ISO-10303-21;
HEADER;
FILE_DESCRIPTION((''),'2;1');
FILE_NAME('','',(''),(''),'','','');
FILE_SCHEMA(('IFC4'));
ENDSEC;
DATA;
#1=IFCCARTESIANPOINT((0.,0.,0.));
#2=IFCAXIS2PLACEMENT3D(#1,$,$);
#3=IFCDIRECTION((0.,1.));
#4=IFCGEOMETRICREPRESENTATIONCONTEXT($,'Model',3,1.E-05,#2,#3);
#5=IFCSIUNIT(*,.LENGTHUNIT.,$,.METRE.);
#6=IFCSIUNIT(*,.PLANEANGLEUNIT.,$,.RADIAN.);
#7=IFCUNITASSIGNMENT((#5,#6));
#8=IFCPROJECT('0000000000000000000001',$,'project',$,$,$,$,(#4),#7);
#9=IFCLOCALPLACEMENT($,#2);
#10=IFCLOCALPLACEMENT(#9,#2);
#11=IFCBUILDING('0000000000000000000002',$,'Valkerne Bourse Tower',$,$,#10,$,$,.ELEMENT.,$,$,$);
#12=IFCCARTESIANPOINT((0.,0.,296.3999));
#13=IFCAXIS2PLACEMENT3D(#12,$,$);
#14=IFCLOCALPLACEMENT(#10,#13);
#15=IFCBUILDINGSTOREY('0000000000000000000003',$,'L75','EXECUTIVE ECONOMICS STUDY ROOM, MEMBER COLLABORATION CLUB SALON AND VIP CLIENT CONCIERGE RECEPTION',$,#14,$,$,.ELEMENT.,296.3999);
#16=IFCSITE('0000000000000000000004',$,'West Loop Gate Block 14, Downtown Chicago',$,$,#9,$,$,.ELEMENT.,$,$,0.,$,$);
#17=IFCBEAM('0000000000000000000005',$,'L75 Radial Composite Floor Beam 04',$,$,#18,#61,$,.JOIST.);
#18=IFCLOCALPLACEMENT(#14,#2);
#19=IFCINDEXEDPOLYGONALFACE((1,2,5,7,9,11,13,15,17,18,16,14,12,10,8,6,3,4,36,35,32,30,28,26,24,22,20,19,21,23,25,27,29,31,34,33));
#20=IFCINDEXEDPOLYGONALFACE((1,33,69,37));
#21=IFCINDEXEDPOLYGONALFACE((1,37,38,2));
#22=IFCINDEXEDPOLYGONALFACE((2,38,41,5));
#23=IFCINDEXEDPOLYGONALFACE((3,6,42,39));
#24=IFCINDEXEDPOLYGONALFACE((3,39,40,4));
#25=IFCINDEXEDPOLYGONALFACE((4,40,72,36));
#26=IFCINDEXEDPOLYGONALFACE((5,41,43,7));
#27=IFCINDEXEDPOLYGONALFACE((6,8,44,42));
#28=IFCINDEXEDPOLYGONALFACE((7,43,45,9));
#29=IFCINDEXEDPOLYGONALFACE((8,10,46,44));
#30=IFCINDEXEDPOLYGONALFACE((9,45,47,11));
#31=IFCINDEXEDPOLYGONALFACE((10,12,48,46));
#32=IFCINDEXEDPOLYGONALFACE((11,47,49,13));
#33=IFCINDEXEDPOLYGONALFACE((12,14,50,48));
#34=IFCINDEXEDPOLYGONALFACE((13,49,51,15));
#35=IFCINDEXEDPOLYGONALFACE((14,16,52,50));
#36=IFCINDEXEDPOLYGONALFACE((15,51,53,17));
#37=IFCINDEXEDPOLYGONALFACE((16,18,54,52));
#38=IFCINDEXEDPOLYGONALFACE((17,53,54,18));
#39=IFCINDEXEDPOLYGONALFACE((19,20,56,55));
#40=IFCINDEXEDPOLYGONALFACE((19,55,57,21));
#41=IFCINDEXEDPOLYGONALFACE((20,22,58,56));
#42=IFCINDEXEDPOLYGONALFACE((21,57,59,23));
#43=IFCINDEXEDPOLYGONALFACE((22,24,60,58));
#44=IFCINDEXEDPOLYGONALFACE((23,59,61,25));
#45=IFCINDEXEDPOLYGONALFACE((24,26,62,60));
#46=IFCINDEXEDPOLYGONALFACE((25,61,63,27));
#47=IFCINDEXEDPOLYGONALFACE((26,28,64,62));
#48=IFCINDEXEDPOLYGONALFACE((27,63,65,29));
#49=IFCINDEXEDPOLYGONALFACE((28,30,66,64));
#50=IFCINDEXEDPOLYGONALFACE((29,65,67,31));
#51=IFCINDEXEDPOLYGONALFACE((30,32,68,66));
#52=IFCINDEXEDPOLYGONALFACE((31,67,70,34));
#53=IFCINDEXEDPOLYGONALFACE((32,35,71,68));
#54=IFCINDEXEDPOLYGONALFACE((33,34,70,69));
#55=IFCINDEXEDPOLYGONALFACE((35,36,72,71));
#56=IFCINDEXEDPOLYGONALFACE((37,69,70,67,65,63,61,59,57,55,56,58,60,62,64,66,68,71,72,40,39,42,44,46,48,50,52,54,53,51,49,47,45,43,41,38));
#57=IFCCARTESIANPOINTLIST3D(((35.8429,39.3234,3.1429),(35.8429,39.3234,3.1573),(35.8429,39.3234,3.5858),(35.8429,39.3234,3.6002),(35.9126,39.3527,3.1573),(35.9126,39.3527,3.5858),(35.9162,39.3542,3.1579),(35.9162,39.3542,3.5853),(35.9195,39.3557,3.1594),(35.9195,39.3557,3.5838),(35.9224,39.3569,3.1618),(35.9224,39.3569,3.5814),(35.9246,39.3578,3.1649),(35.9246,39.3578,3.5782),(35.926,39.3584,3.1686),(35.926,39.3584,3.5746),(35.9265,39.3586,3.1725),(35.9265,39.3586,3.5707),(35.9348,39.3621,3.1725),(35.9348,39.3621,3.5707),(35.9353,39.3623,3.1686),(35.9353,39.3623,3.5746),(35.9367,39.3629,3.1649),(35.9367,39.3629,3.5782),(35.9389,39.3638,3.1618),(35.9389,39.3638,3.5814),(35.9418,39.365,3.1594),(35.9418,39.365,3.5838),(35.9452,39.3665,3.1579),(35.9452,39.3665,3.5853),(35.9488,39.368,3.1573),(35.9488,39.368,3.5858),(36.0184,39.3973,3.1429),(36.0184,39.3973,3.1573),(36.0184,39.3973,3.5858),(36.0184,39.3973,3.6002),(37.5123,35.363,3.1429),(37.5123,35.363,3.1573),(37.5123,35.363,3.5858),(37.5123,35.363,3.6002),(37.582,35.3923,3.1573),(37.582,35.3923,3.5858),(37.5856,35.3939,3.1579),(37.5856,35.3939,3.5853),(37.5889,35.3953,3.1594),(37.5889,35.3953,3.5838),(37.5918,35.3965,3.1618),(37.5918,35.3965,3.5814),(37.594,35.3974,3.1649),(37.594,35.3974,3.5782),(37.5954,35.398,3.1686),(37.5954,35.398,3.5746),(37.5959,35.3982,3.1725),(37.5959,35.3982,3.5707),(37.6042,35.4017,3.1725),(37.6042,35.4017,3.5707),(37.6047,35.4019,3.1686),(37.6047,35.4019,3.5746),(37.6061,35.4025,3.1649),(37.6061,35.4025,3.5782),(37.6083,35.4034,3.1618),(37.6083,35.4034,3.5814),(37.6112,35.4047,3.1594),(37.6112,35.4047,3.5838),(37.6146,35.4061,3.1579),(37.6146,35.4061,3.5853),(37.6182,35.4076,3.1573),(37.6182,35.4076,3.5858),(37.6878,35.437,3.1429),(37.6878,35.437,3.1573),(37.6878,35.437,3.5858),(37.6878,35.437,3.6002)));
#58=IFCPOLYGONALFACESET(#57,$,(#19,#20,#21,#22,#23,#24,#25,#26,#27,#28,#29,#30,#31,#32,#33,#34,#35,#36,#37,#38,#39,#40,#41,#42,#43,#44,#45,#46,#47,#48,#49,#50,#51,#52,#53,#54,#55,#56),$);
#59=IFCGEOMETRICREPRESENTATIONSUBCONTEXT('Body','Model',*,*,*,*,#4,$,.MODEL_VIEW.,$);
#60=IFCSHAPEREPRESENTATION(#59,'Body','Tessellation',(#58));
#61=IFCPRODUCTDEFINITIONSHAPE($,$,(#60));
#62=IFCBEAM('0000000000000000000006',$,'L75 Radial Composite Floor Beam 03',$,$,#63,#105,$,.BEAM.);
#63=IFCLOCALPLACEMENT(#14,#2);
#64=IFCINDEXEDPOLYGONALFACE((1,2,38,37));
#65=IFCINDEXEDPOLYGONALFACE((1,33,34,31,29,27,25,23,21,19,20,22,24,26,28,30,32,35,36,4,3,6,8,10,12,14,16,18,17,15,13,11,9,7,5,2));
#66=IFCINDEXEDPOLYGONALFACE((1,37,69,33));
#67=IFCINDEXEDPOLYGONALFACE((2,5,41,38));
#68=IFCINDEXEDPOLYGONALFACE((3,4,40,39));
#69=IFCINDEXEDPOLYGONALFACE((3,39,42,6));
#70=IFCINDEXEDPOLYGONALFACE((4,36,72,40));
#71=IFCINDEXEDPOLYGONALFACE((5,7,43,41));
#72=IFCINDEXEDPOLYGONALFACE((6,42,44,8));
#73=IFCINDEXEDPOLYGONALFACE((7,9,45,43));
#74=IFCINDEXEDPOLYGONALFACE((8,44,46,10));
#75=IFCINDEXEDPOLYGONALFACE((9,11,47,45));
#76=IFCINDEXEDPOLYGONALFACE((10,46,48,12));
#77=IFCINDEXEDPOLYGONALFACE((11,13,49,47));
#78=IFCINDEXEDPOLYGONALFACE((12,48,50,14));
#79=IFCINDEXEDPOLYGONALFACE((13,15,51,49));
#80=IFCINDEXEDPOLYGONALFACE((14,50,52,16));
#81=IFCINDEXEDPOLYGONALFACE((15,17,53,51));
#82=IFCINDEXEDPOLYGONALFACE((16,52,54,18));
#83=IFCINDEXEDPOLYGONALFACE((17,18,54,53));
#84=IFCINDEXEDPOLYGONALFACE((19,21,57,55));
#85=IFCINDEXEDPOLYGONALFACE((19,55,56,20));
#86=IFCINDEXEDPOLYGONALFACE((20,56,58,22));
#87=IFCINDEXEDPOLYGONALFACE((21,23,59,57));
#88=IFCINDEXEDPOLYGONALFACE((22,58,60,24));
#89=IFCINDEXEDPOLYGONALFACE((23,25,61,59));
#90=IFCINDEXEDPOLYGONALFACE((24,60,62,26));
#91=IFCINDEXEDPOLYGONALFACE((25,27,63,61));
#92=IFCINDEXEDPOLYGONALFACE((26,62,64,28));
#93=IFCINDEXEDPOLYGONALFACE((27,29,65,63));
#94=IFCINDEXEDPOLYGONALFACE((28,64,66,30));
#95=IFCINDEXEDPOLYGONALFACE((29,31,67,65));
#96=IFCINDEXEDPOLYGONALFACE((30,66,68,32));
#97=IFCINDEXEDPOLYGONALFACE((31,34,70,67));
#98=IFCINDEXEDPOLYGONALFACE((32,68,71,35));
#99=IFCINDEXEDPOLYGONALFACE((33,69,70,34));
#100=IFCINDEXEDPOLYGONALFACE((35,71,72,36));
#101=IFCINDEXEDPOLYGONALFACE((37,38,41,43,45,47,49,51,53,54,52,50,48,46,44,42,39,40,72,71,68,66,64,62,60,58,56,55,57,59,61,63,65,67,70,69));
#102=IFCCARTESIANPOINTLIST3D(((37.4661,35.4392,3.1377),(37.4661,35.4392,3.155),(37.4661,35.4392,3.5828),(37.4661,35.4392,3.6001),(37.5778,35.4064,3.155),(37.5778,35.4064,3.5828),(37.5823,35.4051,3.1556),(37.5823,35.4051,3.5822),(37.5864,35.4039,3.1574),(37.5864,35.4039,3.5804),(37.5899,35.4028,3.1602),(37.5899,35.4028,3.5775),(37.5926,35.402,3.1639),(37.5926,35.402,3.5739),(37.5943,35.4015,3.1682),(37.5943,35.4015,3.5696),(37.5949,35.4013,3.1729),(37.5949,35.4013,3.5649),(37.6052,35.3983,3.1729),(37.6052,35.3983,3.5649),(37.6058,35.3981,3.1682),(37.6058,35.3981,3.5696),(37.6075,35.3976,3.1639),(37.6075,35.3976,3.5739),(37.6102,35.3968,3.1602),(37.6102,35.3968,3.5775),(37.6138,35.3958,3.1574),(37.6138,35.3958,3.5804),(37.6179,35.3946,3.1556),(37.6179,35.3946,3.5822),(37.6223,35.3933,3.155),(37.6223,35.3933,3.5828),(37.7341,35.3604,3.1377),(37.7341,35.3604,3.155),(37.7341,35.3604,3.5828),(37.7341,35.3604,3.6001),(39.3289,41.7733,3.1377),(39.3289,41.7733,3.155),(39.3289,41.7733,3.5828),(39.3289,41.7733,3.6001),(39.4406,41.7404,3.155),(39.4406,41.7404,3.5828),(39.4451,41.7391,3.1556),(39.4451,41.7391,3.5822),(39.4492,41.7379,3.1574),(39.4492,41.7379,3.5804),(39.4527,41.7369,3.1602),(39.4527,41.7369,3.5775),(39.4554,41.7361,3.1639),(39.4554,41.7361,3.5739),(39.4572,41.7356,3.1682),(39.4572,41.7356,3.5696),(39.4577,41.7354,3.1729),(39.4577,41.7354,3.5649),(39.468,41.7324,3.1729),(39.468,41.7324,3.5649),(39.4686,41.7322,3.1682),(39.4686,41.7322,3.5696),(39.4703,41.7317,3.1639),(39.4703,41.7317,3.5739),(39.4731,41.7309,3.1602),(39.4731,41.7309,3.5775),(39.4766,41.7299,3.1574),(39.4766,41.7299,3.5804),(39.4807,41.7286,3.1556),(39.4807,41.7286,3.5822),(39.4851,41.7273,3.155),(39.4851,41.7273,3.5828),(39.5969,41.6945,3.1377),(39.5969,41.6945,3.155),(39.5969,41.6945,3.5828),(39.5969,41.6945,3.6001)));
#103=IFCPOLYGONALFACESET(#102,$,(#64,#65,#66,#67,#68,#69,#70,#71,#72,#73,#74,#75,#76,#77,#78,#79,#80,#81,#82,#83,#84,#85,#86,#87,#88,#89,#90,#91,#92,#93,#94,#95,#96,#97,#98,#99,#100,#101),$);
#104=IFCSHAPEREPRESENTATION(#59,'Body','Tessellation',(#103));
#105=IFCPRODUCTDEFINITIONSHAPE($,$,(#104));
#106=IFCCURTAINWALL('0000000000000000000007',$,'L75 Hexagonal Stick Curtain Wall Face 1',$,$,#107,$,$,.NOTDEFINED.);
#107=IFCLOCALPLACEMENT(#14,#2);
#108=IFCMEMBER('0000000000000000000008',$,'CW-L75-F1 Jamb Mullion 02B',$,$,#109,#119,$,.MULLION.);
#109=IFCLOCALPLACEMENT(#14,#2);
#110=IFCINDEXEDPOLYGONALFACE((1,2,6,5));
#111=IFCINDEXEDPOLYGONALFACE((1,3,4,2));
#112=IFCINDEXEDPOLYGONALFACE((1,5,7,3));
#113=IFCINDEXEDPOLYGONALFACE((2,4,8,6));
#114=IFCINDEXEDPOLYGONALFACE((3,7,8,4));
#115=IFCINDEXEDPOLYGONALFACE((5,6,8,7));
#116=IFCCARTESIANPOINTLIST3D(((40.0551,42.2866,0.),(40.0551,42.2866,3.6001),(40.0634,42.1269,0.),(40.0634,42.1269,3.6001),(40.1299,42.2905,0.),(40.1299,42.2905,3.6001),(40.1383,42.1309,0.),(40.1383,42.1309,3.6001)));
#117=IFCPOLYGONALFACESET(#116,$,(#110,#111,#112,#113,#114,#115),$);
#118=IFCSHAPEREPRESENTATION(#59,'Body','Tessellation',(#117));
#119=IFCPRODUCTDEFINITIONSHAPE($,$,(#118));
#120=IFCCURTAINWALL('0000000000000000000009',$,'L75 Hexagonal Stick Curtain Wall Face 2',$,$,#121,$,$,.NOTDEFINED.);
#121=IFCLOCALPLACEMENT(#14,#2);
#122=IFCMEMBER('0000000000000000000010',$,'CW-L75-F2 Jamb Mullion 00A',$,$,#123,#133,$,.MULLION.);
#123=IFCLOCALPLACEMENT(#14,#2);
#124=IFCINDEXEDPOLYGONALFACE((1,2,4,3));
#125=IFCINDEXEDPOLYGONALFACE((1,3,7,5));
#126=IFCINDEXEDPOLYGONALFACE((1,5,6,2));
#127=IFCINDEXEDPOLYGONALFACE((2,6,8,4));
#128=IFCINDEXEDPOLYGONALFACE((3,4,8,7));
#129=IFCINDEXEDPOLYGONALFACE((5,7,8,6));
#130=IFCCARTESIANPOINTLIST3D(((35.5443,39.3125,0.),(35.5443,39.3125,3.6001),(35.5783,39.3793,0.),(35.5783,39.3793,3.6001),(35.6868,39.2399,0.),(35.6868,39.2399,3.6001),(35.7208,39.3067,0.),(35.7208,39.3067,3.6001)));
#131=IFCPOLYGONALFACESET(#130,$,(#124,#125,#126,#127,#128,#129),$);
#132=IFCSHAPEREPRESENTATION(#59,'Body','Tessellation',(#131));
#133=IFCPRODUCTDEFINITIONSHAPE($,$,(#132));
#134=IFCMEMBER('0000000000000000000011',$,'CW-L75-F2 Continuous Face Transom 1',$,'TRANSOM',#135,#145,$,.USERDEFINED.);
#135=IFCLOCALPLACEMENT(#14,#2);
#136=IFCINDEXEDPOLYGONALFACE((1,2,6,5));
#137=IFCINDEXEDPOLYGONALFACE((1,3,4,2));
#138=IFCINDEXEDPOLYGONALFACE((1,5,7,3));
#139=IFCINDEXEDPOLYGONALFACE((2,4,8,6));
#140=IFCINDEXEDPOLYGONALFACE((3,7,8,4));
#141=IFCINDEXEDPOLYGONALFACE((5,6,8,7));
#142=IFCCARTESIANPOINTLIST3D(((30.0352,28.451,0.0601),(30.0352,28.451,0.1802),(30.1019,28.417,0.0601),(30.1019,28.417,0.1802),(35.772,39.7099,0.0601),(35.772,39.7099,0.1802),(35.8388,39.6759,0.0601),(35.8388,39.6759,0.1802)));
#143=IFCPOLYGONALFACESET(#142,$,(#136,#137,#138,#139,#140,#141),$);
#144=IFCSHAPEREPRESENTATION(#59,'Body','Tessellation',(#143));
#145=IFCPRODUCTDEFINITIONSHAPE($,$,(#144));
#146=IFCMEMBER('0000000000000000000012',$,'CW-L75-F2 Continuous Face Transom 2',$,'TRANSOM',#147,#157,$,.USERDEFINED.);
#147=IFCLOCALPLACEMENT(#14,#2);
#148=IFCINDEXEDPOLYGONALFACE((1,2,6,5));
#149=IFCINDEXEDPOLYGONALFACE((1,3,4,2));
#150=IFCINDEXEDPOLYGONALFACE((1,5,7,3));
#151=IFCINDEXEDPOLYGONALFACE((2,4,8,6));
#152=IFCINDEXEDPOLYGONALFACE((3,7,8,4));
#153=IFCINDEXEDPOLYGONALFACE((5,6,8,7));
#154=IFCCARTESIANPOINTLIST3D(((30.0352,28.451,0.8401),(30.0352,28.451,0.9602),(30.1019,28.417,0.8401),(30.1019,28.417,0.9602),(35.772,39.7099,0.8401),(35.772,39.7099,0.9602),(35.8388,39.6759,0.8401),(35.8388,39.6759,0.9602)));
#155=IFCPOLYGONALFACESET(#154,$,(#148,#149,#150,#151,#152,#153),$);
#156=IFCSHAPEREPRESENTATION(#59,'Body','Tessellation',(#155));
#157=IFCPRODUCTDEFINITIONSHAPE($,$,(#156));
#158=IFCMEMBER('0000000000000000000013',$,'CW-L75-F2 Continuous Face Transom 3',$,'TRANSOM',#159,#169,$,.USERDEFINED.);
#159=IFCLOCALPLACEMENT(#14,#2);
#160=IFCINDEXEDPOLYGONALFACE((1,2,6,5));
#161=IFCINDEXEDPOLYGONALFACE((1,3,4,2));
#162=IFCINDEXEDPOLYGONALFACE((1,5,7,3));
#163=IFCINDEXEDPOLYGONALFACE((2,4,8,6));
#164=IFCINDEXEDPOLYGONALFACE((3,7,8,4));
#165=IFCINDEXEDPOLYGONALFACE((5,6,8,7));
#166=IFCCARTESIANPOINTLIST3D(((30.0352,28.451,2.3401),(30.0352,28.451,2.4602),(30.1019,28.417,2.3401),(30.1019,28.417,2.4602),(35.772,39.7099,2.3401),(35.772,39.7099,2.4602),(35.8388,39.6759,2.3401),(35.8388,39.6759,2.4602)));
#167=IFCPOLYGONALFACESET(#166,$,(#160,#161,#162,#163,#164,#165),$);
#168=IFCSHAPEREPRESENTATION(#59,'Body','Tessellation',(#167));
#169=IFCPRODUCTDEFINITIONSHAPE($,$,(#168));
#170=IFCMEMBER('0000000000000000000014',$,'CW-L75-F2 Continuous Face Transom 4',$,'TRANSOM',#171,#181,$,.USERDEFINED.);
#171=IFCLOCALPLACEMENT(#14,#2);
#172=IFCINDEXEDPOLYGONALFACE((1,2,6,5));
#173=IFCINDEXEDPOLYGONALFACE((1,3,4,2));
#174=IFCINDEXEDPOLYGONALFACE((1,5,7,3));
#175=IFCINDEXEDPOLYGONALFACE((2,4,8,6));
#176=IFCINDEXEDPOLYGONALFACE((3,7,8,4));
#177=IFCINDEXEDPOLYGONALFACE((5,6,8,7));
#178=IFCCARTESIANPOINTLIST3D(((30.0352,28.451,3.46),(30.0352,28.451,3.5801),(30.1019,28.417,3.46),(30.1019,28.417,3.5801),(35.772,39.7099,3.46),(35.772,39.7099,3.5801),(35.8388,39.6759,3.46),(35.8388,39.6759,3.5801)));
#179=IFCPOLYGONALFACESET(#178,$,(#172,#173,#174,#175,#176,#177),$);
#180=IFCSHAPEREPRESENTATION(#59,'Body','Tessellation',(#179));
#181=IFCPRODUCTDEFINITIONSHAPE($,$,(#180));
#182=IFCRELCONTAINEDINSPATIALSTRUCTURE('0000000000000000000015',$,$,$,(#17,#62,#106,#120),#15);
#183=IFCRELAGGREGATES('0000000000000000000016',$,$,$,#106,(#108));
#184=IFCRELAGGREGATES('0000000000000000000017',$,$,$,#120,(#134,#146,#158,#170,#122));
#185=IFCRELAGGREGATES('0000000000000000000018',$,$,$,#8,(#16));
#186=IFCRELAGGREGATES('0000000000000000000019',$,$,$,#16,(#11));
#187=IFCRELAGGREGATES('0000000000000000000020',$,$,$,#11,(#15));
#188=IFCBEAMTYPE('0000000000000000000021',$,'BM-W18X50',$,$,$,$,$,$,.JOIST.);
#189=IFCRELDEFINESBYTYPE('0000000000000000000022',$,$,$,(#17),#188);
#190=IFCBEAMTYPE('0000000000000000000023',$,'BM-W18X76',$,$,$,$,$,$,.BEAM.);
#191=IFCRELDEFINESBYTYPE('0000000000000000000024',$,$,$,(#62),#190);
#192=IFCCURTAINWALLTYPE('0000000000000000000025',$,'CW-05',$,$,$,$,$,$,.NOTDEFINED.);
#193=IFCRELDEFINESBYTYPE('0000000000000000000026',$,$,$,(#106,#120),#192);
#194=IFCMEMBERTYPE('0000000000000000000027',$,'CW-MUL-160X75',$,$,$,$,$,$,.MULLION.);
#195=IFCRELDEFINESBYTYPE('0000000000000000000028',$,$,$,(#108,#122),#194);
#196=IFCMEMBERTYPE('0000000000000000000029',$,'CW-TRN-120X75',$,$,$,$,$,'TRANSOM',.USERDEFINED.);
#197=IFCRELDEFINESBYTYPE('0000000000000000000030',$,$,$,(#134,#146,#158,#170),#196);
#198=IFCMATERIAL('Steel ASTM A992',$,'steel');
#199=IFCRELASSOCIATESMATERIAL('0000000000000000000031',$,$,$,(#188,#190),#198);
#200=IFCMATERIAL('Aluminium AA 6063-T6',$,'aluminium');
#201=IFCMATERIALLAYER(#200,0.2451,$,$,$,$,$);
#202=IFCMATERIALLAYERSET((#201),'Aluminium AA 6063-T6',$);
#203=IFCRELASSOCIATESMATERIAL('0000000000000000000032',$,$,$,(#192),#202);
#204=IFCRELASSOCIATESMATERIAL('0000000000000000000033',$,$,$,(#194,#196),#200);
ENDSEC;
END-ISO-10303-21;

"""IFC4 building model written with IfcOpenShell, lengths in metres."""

from ifc_helpers import new_model, si_unit, direction, frame, origin, origin_2d, place, context, subcontext, project, spatial, rectangle, i_section, extrude, material, layer, layer_set, material_profile, profile_set, type_object, element, aggregate, save


model = new_model("IFC4")

# Units and contexts
model_context = context("Model", 3, precision=1e-05, world=origin(), true_north=direction((0.0, 1.0)))
body_context = subcontext(model_context, "Body", "Model", "MODEL_VIEW")
ifc_project = project(units=[si_unit("LENGTHUNIT", "METRE"), si_unit("PLANEANGLEUNIT", "RADIAN")], contexts=[model_context])

# Site, building, storey
site_placement = place(None, origin())
site = spatial("IfcSite", under=ifc_project, at=site_placement, Name="West Loop Gate Block 14, Downtown Chicago", CompositionType="ELEMENT", RefElevation=0.0)
building_placement = place(site_placement, origin())
building = spatial("IfcBuilding", under=site, at=building_placement, Name="Valkerne Bourse Tower", CompositionType="ELEMENT")
storey_placement = place(building_placement, frame((0.0, 0.0, 296.3999)))
storey = spatial("IfcBuildingStorey", under=building, at=storey_placement, Name="L75", Description="EXECUTIVE ECONOMICS STUDY ROOM, MEMBER COLLABORATION CLUB SALON AND VIP CLIENT CONCIERGE RECEPTION", CompositionType="ELEMENT", Elevation=296.3999)

# Beams
ifc_material_1 = material(Name="Steel ASTM A992", Category="steel")
ifc_material_profile_1 = material_profile(ifc_material_1, i_section(OverallWidth=0.1904, OverallDepth=0.4573, WebThickness=0.009, FlangeThickness=0.0144, FilletRadius=0.0151, at=origin_2d()), Name="W18X50")
ifc_profile_set_1 = profile_set([ifc_material_profile_1], Name="Steel ASTM A992")
beam_type_1 = type_object("IfcBeamType", Name="BM-W18X50", PredefinedType="JOIST", material=ifc_profile_set_1)
beam_1_placement = place(storey_placement, frame((35.9307, 39.3604, 3.3716), z_axis=(0.388428, -0.921479, 0.0), x_axis=(0.921479, 0.388428, 0.0)))
element("IfcBeam", 1, at=beam_1_placement, inside=storey, type_object=beam_type_1, Name="L75 Radial Composite Floor Beam 04", PredefinedType="JOIST", context=body_context, shape_type="SweptSolid", body=[
    extrude(i_section(OverallWidth=0.1904, OverallDepth=0.4573, WebThickness=0.009, FlangeThickness=0.0144, FilletRadius=0.0151, at=origin_2d()), origin(), (0.0, 0.0, 1.0), 4.2979),
])
ifc_material_profile_2 = material_profile(ifc_material_1, i_section(OverallWidth=0.2793, OverallDepth=0.4624, WebThickness=0.0107, FlangeThickness=0.0173, FilletRadius=0.0178, at=origin_2d()), Name="W18X76")
ifc_profile_set_2 = profile_set([ifc_material_profile_2], Name="Steel ASTM A992")
beam_type_2 = type_object("IfcBeamType", Name="BM-W18X76", PredefinedType="BEAM", material=ifc_profile_set_2)
beam_2_placement = place(storey_placement, frame((39.4629, 41.7339, 3.3689), z_axis=(-0.282146, -0.959371, 0.0), x_axis=(0.959371, -0.282146, 0.0)))
element("IfcBeam", 2, at=beam_2_placement, inside=storey, type_object=beam_type_2, Name="L75 Radial Composite Floor Beam 03", PredefinedType="BEAM", context=body_context, shape_type="SweptSolid", body=[
    extrude(i_section(OverallWidth=0.2793, OverallDepth=0.4624, WebThickness=0.0107, FlangeThickness=0.0173, FilletRadius=0.0178, at=origin_2d()), origin(), (0.0, 0.0, 1.0), 6.6023),
])

# Curtain wall, member
ifc_material_2 = material(Name="Aluminium AA 6063-T6", Category="aluminium")
ifc_layer_1 = layer(ifc_material_2, 0.2451)
ifc_layer_set_1 = layer_set([ifc_layer_1], Name="Aluminium AA 6063-T6")
curtain_wall_type = type_object("IfcCurtainWallType", Name="CW-05", PredefinedType="NOTDEFINED", material=ifc_layer_set_1)
curtain_wall_1_placement = place(storey_placement, origin())
curtain_wall_1 = element("IfcCurtainWall", 3, at=curtain_wall_1_placement, inside=storey, type_object=curtain_wall_type, Name="L75 Hexagonal Stick Curtain Wall Face 1", PredefinedType="NOTDEFINED")
ifc_material_profile_3 = material_profile(ifc_material_2, rectangle(XDim=0.075, YDim=0.1599, at=origin_2d()), Name="CWM-75X160")
ifc_profile_set_3 = profile_set([ifc_material_profile_3], Name="Aluminium AA 6063-T6")
member_type_1 = type_object("IfcMemberType", Name="CW-MUL-160X75", PredefinedType="MULLION", material=ifc_profile_set_3)
member_1_placement = place(storey_placement, frame((40.0967, 42.2087, 0.0), z_axis=(0.0, 0.0, 1.0), x_axis=(-0.99863, -0.052327, 0.0)))
member_1 = element("IfcMember", 4, at=member_1_placement, type_object=member_type_1, Name="CW-L75-F1 Jamb Mullion 02B", PredefinedType="MULLION", context=body_context, shape_type="SweptSolid", body=[
    extrude(rectangle(XDim=0.075, YDim=0.1599, at=origin_2d()), origin(), (0.0, 0.0, 1.0), 3.6001),
])
aggregate(curtain_wall_1, [member_1])

# Curtain wall, members
curtain_wall_2_placement = place(storey_placement, origin())
curtain_wall_2 = element("IfcCurtainWall", 5, at=curtain_wall_2_placement, inside=storey, type_object=curtain_wall_type, Name="L75 Hexagonal Stick Curtain Wall Face 2", PredefinedType="NOTDEFINED")
member_2_placement = place(storey_placement, frame((35.6326, 39.3096, 0.0), z_axis=(0.0, 0.0, 1.0), x_axis=(-0.453981, -0.891011, 0.0)))
member_2 = element("IfcMember", 6, at=member_2_placement, type_object=member_type_1, Name="CW-L75-F2 Jamb Mullion 00A", PredefinedType="MULLION", context=body_context, shape_type="SweptSolid", body=[
    extrude(rectangle(XDim=0.075, YDim=0.1599, at=origin_2d()), origin(), (0.0, 0.0, 1.0), 3.6001),
])
ifc_material_profile_4 = material_profile(ifc_material_2, rectangle(XDim=0.075, YDim=0.1201, at=origin_2d()), Name="CWT-75X120")
ifc_profile_set_4 = profile_set([ifc_material_profile_4], Name="Aluminium AA 6063-T6")
member_type_2 = type_object("IfcMemberType", Name="CW-TRN-120X75", ElementType="TRANSOM", PredefinedType="USERDEFINED", material=ifc_profile_set_4)
member_3_placement = place(storey_placement, frame((35.8054, 39.6929, 0.1201), z_axis=(-0.454002, -0.891001, 0.0), x_axis=(0.891001, -0.454002, 0.0)))
member_3 = element("IfcMember", 7, at=member_3_placement, type_object=member_type_2, Name="CW-L75-F2 Continuous Face Transom 1", ObjectType="TRANSOM", PredefinedType="USERDEFINED", context=body_context, shape_type="SweptSolid", body=[
    extrude(rectangle(XDim=0.075, YDim=0.1201, at=origin_2d()), origin(), (0.0, 0.0, 1.0), 12.6362),
])
member_4_placement = place(storey_placement, frame((35.8054, 39.6929, 0.9001), z_axis=(-0.454002, -0.891001, 0.0), x_axis=(0.891001, -0.454002, 0.0)))
member_4 = element("IfcMember", 8, at=member_4_placement, type_object=member_type_2, Name="CW-L75-F2 Continuous Face Transom 2", ObjectType="TRANSOM", PredefinedType="USERDEFINED", context=body_context, shape_type="SweptSolid", body=[
    extrude(rectangle(XDim=0.075, YDim=0.1201, at=origin_2d()), origin(), (0.0, 0.0, 1.0), 12.6362),
])
member_5_placement = place(storey_placement, frame((35.8054, 39.6929, 2.4001), z_axis=(-0.454002, -0.891001, 0.0), x_axis=(0.891001, -0.454002, 0.0)))
member_5 = element("IfcMember", 9, at=member_5_placement, type_object=member_type_2, Name="CW-L75-F2 Continuous Face Transom 3", ObjectType="TRANSOM", PredefinedType="USERDEFINED", context=body_context, shape_type="SweptSolid", body=[
    extrude(rectangle(XDim=0.075, YDim=0.1201, at=origin_2d()), origin(), (0.0, 0.0, 1.0), 12.6362),
])
member_6_placement = place(storey_placement, frame((35.8054, 39.6929, 3.52), z_axis=(-0.454002, -0.891001, 0.0), x_axis=(0.891001, -0.454002, 0.0)))
member_6 = element("IfcMember", 10, at=member_6_placement, type_object=member_type_2, Name="CW-L75-F2 Continuous Face Transom 4", ObjectType="TRANSOM", PredefinedType="USERDEFINED", context=body_context, shape_type="SweptSolid", body=[
    extrude(rectangle(XDim=0.075, YDim=0.1201, at=origin_2d()), origin(), (0.0, 0.0, 1.0), 12.6362),
])

aggregate(curtain_wall_2, [member_3, member_4, member_5, member_6, member_2])

save(model, "model.ifc")
